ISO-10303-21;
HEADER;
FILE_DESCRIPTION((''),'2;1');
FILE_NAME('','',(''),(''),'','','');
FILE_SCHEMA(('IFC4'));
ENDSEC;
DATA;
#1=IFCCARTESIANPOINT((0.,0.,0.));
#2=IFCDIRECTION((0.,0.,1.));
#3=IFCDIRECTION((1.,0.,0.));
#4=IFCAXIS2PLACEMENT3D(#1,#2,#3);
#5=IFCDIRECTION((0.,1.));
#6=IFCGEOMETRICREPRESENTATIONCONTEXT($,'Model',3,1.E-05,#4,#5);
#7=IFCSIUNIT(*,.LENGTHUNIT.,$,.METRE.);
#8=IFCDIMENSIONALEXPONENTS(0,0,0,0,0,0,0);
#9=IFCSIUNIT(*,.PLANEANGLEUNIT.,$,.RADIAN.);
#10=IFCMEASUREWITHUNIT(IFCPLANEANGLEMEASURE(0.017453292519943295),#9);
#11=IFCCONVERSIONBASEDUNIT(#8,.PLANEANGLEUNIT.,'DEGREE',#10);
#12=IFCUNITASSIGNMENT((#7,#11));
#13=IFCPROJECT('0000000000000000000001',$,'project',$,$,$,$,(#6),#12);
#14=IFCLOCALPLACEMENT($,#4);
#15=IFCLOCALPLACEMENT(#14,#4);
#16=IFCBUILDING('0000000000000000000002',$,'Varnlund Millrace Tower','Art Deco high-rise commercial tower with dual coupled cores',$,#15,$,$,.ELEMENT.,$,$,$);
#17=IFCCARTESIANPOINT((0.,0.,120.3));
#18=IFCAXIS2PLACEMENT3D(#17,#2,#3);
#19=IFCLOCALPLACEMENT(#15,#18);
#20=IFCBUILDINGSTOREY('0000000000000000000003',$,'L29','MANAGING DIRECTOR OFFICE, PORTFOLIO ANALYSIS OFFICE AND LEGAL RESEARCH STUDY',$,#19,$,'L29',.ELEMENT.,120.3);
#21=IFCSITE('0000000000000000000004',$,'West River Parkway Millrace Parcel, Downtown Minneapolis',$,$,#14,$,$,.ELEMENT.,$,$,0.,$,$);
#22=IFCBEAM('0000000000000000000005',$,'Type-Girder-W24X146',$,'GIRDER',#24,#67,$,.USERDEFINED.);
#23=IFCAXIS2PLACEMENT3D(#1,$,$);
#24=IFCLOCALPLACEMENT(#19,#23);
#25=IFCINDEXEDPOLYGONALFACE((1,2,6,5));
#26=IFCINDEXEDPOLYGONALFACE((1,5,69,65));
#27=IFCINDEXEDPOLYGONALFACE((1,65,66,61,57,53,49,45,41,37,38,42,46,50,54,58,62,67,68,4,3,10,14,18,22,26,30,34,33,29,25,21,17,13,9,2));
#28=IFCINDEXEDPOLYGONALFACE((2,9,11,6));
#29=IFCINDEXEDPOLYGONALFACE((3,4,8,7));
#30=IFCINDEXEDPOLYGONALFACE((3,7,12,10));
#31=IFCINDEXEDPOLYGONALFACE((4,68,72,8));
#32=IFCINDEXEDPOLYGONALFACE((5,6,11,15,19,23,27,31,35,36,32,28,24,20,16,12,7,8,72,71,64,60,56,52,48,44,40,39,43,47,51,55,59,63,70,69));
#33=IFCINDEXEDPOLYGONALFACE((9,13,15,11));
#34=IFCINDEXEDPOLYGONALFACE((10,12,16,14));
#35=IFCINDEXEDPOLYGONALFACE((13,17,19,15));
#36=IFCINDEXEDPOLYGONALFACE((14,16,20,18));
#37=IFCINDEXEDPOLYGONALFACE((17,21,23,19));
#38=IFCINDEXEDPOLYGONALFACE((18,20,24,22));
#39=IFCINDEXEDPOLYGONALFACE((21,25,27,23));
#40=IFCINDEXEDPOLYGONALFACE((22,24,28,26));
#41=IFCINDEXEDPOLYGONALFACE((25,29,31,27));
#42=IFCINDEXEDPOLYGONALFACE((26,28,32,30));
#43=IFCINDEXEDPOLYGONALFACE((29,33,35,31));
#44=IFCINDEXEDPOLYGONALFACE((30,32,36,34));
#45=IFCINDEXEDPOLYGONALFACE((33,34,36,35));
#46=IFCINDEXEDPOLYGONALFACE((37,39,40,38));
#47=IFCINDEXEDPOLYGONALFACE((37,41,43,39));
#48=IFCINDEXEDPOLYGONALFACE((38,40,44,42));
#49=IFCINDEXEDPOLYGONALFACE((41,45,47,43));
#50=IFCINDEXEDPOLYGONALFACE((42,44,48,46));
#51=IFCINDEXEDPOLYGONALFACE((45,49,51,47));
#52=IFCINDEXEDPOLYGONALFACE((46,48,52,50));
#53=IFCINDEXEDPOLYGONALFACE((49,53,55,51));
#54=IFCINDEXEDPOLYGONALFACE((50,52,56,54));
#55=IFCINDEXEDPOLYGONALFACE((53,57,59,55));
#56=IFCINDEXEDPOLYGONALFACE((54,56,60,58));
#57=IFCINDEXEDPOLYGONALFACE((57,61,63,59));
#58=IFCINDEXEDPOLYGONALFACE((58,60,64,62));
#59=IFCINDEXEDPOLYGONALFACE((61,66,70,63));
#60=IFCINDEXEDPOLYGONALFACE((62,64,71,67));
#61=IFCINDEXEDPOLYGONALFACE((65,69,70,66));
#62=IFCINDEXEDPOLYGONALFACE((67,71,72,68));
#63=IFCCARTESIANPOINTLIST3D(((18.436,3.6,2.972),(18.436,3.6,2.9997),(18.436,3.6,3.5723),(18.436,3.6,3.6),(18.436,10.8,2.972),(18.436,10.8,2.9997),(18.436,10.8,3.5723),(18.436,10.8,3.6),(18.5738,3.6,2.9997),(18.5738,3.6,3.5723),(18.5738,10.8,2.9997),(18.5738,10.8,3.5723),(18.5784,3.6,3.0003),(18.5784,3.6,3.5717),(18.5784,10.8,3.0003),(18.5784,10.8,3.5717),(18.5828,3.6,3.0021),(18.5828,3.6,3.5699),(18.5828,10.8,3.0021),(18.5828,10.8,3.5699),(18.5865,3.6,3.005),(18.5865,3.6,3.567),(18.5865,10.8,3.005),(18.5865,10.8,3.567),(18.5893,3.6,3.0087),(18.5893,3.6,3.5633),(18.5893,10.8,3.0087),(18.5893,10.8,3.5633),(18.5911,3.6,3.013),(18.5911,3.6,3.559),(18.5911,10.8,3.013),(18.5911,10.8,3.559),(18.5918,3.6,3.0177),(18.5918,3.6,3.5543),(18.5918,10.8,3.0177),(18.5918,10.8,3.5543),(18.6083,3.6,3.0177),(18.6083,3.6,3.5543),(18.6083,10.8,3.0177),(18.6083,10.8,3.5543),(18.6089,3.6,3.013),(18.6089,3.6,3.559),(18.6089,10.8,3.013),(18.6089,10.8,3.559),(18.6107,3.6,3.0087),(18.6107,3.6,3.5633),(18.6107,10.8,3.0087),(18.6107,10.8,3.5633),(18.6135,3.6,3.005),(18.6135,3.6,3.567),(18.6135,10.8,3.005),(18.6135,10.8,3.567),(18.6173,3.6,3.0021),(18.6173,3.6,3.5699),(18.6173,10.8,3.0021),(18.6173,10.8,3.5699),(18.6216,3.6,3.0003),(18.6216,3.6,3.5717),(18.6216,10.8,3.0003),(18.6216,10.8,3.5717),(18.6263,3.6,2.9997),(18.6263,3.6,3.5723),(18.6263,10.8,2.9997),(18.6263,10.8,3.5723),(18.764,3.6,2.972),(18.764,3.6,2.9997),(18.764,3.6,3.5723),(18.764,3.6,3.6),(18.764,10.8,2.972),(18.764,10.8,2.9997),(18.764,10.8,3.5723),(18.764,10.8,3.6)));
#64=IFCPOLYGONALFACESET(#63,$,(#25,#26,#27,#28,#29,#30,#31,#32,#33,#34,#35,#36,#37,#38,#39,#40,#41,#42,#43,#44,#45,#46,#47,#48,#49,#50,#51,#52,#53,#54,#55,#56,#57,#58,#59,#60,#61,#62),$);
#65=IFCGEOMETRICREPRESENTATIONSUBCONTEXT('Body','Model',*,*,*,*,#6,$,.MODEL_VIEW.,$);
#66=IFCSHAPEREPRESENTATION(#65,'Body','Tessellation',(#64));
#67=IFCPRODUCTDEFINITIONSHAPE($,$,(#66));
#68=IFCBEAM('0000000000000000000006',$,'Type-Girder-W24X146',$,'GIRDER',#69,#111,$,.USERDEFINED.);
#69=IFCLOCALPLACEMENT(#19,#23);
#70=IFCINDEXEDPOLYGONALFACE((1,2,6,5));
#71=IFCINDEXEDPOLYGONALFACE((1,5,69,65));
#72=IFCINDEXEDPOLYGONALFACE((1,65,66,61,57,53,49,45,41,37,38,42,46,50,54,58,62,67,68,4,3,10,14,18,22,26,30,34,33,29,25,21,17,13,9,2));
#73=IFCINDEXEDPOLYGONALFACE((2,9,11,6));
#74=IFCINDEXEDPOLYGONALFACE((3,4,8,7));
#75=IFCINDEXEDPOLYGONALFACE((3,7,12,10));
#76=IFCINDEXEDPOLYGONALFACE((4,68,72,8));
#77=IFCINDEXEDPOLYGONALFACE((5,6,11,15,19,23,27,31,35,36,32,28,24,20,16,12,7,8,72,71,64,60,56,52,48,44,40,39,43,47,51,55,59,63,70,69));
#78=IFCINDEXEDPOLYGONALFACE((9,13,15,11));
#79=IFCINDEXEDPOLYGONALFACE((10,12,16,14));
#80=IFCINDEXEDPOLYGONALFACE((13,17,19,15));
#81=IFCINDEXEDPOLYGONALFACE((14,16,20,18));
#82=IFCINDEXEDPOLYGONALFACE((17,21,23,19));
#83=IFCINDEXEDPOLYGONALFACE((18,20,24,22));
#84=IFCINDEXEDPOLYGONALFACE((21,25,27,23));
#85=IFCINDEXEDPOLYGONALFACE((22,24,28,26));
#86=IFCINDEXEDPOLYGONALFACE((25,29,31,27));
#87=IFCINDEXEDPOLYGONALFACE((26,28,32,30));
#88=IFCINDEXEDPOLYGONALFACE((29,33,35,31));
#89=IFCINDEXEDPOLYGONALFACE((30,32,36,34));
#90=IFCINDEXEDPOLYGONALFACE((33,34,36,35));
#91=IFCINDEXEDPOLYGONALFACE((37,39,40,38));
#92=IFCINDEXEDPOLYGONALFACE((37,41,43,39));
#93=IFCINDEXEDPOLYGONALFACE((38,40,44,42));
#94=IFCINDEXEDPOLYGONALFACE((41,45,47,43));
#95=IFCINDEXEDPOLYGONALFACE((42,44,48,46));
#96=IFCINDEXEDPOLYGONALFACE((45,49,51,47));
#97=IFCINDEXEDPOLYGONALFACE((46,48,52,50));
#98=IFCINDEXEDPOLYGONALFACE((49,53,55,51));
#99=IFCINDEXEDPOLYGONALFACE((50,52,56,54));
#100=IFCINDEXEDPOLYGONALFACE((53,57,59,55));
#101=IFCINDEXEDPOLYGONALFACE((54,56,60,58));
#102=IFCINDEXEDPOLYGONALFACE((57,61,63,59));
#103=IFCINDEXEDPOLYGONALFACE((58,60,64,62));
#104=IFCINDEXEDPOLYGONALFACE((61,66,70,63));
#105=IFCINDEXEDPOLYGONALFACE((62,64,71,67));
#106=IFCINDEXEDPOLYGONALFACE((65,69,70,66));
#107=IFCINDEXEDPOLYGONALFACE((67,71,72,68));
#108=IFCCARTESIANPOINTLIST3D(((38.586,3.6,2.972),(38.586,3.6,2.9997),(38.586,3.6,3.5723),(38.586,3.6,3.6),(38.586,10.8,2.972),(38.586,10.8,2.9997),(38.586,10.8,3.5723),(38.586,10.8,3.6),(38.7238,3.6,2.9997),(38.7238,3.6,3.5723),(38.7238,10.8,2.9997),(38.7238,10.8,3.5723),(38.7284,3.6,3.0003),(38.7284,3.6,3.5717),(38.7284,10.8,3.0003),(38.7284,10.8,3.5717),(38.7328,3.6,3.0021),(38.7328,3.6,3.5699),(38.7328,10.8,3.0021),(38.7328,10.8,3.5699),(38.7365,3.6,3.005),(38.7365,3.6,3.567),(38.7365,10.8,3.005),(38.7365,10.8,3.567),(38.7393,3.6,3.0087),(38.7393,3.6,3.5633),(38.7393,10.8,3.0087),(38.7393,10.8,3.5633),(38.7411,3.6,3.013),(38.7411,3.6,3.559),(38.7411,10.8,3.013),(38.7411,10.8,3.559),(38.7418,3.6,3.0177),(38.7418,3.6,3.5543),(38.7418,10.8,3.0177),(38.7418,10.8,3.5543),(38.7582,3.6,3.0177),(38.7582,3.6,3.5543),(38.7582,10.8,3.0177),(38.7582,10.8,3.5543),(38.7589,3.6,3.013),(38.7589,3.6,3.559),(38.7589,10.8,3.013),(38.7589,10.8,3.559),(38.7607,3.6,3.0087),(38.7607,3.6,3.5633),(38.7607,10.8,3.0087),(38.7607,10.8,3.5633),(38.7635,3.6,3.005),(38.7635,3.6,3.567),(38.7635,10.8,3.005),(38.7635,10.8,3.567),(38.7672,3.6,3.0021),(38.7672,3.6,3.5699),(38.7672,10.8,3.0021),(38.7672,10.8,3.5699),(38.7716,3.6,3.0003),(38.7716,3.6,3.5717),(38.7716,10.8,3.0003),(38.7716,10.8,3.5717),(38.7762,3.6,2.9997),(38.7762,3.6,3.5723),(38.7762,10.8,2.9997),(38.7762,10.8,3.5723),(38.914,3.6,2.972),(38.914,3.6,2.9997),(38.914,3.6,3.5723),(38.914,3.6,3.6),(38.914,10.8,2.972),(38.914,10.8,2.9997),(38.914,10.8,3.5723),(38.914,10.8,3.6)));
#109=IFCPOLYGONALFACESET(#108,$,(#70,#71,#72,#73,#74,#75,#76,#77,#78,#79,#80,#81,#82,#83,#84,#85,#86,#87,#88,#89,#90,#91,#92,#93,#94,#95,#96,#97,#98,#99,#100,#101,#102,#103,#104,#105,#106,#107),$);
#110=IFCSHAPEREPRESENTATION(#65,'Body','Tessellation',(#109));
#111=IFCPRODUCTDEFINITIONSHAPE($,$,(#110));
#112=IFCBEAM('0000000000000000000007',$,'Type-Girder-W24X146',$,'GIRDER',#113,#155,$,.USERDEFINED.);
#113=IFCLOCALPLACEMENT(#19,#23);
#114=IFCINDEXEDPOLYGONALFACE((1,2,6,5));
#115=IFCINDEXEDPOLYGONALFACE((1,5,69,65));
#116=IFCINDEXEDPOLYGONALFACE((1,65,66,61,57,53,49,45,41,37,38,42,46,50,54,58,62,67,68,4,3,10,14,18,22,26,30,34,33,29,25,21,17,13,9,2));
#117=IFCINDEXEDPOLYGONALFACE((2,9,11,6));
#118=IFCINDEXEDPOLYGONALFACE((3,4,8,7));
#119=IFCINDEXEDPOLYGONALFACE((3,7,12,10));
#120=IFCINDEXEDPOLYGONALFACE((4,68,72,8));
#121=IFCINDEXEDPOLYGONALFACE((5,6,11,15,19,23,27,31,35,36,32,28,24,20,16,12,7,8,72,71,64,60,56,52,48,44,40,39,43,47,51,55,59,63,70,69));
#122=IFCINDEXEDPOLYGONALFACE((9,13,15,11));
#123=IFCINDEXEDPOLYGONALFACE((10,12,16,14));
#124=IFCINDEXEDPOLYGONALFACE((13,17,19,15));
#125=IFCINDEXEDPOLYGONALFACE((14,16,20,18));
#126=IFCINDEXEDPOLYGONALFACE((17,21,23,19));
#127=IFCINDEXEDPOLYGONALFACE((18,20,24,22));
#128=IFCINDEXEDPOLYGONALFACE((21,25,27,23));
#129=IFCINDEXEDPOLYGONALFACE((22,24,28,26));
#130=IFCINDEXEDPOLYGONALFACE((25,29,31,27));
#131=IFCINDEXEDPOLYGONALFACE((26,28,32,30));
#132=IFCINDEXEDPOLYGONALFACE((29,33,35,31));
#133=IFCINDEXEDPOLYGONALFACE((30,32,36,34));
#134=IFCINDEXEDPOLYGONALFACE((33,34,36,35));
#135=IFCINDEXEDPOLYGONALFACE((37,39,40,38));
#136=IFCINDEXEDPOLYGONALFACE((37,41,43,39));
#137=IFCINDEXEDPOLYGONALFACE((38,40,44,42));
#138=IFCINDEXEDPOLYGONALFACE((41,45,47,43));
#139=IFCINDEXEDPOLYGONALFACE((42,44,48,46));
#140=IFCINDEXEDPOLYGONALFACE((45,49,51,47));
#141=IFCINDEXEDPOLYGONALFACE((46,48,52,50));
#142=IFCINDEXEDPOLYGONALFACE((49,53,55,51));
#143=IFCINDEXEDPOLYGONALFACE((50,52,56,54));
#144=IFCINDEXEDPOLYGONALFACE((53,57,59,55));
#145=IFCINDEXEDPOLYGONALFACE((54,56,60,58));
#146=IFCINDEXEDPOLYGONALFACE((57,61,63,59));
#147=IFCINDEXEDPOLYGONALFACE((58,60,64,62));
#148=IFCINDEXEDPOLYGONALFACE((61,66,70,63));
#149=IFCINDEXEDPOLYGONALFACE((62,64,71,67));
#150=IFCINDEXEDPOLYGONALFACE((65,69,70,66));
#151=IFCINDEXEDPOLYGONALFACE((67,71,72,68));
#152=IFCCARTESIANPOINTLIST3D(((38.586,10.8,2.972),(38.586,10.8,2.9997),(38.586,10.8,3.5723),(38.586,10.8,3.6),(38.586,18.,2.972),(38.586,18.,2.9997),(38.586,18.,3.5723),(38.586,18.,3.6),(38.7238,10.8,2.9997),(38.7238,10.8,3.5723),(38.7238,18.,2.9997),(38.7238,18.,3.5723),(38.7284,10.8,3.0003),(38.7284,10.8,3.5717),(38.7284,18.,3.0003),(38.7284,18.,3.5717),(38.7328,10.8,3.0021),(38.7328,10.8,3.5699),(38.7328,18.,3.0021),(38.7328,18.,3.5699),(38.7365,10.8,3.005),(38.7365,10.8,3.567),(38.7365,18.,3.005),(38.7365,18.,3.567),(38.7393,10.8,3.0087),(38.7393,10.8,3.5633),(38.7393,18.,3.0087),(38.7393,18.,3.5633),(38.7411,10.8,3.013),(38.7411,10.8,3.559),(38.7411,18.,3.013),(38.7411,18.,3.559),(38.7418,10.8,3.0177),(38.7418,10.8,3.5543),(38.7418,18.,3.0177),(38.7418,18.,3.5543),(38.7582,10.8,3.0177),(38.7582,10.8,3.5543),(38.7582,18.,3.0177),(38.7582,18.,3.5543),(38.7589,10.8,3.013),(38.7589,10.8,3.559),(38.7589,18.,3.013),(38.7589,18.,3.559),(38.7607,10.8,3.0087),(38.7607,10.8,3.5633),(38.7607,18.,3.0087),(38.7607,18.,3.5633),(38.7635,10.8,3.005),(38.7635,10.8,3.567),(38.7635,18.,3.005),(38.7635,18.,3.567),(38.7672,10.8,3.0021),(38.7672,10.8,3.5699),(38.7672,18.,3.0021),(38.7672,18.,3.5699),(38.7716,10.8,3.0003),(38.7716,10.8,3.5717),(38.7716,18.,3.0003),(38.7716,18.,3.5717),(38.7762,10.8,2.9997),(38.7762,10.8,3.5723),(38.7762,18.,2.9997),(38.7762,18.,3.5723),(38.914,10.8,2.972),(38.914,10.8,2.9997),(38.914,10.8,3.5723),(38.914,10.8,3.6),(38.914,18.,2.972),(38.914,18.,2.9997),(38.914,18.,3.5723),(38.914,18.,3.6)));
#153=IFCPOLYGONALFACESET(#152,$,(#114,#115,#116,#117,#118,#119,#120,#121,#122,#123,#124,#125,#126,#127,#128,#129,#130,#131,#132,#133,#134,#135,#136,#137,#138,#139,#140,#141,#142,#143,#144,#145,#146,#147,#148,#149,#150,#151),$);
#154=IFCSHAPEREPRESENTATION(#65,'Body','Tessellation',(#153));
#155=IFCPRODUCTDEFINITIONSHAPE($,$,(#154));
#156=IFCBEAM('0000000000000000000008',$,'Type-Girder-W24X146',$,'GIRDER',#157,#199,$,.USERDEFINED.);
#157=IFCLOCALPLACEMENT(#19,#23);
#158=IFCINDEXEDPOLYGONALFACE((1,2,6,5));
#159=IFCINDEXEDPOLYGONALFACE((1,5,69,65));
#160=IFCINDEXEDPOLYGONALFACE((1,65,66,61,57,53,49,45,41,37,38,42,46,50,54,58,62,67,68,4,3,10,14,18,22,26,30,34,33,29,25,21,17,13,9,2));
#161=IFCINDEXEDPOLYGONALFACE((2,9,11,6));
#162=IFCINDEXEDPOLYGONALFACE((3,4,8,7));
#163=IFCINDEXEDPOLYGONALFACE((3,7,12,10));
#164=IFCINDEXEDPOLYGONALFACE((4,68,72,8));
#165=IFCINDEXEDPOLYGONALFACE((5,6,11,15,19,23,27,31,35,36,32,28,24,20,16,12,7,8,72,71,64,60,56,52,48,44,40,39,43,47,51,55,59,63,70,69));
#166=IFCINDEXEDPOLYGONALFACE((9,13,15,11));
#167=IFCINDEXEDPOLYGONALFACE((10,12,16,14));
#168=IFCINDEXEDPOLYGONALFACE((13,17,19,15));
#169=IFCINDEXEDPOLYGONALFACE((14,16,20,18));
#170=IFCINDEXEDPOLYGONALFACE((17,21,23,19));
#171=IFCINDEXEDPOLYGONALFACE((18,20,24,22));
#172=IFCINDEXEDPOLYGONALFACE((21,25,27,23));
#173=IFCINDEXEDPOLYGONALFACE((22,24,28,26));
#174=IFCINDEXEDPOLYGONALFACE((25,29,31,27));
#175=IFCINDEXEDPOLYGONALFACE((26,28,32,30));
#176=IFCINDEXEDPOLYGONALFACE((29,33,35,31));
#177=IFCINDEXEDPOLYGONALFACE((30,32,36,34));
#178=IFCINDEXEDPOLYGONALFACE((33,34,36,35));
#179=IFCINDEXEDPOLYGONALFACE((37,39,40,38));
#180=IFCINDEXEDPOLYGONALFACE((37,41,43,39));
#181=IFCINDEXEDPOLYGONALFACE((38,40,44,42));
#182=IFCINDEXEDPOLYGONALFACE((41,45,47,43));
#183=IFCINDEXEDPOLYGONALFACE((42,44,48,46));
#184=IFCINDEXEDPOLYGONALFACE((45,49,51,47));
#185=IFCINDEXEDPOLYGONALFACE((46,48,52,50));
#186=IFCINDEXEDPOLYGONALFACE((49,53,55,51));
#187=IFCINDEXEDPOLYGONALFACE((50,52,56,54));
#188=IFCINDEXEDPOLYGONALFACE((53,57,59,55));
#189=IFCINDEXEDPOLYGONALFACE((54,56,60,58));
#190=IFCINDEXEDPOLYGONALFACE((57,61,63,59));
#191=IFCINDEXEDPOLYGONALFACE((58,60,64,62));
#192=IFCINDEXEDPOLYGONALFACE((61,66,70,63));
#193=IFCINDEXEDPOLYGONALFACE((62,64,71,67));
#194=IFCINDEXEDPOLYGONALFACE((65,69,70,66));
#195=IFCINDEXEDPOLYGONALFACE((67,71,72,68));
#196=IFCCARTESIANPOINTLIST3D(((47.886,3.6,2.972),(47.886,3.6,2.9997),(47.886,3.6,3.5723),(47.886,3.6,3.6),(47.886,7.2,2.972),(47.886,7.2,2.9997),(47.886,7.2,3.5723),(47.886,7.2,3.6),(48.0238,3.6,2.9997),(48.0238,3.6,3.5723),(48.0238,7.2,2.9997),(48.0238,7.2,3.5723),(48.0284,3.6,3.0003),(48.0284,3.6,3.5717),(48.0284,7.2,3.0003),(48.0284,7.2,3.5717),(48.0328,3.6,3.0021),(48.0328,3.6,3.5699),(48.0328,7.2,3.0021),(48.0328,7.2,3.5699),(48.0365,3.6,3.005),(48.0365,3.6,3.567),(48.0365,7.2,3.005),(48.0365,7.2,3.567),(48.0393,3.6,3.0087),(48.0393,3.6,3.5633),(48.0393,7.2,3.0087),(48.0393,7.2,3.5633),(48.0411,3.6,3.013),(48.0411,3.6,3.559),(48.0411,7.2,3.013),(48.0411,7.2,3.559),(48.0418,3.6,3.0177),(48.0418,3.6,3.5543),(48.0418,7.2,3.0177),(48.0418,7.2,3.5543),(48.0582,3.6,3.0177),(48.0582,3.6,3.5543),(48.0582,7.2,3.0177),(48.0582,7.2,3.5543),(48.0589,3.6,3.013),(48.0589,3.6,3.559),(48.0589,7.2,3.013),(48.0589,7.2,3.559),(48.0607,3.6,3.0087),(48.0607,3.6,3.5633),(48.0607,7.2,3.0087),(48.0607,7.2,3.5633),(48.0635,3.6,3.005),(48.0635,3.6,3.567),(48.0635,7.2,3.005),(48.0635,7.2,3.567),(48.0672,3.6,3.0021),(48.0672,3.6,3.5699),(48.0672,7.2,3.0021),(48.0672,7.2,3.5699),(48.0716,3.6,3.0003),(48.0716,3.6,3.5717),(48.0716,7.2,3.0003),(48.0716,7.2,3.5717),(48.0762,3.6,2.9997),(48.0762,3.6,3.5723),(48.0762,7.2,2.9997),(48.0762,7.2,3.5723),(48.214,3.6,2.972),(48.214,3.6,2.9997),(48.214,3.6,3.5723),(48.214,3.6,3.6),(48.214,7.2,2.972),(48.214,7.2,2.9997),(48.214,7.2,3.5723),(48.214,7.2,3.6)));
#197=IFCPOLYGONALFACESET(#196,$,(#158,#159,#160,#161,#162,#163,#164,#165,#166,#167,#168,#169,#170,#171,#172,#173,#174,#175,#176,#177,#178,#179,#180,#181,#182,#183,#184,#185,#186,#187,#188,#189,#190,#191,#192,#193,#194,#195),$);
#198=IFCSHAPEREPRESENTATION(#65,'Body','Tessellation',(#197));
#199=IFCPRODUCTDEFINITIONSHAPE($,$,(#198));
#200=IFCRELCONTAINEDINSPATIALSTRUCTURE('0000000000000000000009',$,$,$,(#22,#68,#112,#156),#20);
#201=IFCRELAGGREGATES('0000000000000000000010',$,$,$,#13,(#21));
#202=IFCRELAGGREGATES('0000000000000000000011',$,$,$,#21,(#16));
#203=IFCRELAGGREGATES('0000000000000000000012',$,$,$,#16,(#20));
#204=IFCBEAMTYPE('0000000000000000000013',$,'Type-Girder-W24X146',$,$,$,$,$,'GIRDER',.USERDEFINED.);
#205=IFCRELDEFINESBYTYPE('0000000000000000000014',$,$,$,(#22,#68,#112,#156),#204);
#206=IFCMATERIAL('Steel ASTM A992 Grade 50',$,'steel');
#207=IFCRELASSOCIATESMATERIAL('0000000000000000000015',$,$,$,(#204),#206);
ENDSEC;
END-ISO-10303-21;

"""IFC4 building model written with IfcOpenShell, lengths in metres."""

from ifc_helpers import new_model, entity, si_unit, converted_unit, direction, frame, origin_with_axes, origin_2d_with_axis, place, context, subcontext, project, spatial, i_section, extrude, material, material_profile, profile_set, type_object, element, save


model = new_model("IFC4")

# Units and contexts
model_context = context("Model", 3, precision=1e-05, world=origin_with_axes(), true_north=direction((0.0, 1.0)))
body_context = subcontext(model_context, "Body", "Model", "MODEL_VIEW")
ifc_project = project(units=[si_unit("LENGTHUNIT", "METRE"), converted_unit("PLANEANGLEUNIT", "DEGREE", entity("IfcPlaneAngleMeasure", 0.017453292519943295), si_unit("PLANEANGLEUNIT", "RADIAN"), dimensions=[0, 0, 0, 0, 0, 0, 0])], contexts=[model_context])

# Site, building, storey
site_placement = place(None, origin_with_axes())
site = spatial("IfcSite", under=ifc_project, at=site_placement, Name="West River Parkway Millrace Parcel, Downtown Minneapolis", CompositionType="ELEMENT", RefElevation=0.0)
building_placement = place(site_placement, origin_with_axes())
building = spatial("IfcBuilding", under=site, at=building_placement, Name="Varnlund Millrace Tower", Description="Art Deco high-rise commercial tower with dual coupled cores", CompositionType="ELEMENT")
storey_placement = place(building_placement, frame((0.0, 0.0, 120.3), z_axis=(0.0, 0.0, 1.0), x_axis=(1.0, 0.0, 0.0)))
storey = spatial("IfcBuildingStorey", under=building, at=storey_placement, Name="L29", Description="MANAGING DIRECTOR OFFICE, PORTFOLIO ANALYSIS OFFICE AND LEGAL RESEARCH STUDY", LongName="L29", CompositionType="ELEMENT", Elevation=120.3)

# Beams
ifc_material_1 = material(Name="Steel ASTM A992 Grade 50", Category="steel")
ifc_material_profile_1 = material_profile(ifc_material_1, i_section(OverallWidth=0.328, OverallDepth=0.628, WebThickness=0.0165, FlangeThickness=0.0277, FilletRadius=0.018, at=origin_2d_with_axis()), Name="Steel ASTM A992 Grade 50")
ifc_profile_set_1 = profile_set([ifc_material_profile_1], Name="Steel ASTM A992 Grade 50")
beam_type_1 = type_object("IfcBeamType", Name="Type-Girder-W24X146", ElementType="GIRDER", PredefinedType="USERDEFINED", material=ifc_profile_set_1)
for number, where, z_axis, x_axis, name in (
    (1, (18.6, 3.6, 3.286), (0.0, 1.0, 0.0), (-1.0, 0.0, 0.0), "Type-Girder-W24X146"),
    (2, (38.75, 3.6, 3.286), (0.0, 1.0, 0.0), (-1.0, 0.0, 0.0), "Type-Girder-W24X146"),
    (3, (38.75, 10.8, 3.286), (0.0, 1.0, 0.0), (-1.0, 0.0, 0.0), "Type-Girder-W24X146"),
):
    element("IfcBeam", number, at=place(storey_placement, frame(where, z_axis=z_axis, x_axis=x_axis)), inside=storey, type_object=beam_type_1, Name=name, ObjectType="GIRDER", PredefinedType="USERDEFINED", context=body_context, shape_type="SweptSolid", body=[
        extrude(i_section(OverallWidth=0.328, OverallDepth=0.628, WebThickness=0.0165, FlangeThickness=0.0277, FilletRadius=0.018, at=origin_2d_with_axis()), origin_with_axes(), (0.0, 0.0, 1.0), 7.2),
    ])
beam_1_placement = place(storey_placement, frame((48.05, 3.6, 3.286), z_axis=(0.0, 1.0, 0.0), x_axis=(-1.0, 0.0, 0.0)))
element("IfcBeam", 4, at=beam_1_placement, inside=storey, type_object=beam_type_1, Name="Type-Girder-W24X146", ObjectType="GIRDER", PredefinedType="USERDEFINED", context=body_context, shape_type="SweptSolid", body=[
    extrude(i_section(OverallWidth=0.328, OverallDepth=0.628, WebThickness=0.0165, FlangeThickness=0.0277, FilletRadius=0.018, at=origin_2d_with_axis()), origin_with_axes(), (0.0, 0.0, 1.0), 3.6),
])

save(model, "model.ifc")
